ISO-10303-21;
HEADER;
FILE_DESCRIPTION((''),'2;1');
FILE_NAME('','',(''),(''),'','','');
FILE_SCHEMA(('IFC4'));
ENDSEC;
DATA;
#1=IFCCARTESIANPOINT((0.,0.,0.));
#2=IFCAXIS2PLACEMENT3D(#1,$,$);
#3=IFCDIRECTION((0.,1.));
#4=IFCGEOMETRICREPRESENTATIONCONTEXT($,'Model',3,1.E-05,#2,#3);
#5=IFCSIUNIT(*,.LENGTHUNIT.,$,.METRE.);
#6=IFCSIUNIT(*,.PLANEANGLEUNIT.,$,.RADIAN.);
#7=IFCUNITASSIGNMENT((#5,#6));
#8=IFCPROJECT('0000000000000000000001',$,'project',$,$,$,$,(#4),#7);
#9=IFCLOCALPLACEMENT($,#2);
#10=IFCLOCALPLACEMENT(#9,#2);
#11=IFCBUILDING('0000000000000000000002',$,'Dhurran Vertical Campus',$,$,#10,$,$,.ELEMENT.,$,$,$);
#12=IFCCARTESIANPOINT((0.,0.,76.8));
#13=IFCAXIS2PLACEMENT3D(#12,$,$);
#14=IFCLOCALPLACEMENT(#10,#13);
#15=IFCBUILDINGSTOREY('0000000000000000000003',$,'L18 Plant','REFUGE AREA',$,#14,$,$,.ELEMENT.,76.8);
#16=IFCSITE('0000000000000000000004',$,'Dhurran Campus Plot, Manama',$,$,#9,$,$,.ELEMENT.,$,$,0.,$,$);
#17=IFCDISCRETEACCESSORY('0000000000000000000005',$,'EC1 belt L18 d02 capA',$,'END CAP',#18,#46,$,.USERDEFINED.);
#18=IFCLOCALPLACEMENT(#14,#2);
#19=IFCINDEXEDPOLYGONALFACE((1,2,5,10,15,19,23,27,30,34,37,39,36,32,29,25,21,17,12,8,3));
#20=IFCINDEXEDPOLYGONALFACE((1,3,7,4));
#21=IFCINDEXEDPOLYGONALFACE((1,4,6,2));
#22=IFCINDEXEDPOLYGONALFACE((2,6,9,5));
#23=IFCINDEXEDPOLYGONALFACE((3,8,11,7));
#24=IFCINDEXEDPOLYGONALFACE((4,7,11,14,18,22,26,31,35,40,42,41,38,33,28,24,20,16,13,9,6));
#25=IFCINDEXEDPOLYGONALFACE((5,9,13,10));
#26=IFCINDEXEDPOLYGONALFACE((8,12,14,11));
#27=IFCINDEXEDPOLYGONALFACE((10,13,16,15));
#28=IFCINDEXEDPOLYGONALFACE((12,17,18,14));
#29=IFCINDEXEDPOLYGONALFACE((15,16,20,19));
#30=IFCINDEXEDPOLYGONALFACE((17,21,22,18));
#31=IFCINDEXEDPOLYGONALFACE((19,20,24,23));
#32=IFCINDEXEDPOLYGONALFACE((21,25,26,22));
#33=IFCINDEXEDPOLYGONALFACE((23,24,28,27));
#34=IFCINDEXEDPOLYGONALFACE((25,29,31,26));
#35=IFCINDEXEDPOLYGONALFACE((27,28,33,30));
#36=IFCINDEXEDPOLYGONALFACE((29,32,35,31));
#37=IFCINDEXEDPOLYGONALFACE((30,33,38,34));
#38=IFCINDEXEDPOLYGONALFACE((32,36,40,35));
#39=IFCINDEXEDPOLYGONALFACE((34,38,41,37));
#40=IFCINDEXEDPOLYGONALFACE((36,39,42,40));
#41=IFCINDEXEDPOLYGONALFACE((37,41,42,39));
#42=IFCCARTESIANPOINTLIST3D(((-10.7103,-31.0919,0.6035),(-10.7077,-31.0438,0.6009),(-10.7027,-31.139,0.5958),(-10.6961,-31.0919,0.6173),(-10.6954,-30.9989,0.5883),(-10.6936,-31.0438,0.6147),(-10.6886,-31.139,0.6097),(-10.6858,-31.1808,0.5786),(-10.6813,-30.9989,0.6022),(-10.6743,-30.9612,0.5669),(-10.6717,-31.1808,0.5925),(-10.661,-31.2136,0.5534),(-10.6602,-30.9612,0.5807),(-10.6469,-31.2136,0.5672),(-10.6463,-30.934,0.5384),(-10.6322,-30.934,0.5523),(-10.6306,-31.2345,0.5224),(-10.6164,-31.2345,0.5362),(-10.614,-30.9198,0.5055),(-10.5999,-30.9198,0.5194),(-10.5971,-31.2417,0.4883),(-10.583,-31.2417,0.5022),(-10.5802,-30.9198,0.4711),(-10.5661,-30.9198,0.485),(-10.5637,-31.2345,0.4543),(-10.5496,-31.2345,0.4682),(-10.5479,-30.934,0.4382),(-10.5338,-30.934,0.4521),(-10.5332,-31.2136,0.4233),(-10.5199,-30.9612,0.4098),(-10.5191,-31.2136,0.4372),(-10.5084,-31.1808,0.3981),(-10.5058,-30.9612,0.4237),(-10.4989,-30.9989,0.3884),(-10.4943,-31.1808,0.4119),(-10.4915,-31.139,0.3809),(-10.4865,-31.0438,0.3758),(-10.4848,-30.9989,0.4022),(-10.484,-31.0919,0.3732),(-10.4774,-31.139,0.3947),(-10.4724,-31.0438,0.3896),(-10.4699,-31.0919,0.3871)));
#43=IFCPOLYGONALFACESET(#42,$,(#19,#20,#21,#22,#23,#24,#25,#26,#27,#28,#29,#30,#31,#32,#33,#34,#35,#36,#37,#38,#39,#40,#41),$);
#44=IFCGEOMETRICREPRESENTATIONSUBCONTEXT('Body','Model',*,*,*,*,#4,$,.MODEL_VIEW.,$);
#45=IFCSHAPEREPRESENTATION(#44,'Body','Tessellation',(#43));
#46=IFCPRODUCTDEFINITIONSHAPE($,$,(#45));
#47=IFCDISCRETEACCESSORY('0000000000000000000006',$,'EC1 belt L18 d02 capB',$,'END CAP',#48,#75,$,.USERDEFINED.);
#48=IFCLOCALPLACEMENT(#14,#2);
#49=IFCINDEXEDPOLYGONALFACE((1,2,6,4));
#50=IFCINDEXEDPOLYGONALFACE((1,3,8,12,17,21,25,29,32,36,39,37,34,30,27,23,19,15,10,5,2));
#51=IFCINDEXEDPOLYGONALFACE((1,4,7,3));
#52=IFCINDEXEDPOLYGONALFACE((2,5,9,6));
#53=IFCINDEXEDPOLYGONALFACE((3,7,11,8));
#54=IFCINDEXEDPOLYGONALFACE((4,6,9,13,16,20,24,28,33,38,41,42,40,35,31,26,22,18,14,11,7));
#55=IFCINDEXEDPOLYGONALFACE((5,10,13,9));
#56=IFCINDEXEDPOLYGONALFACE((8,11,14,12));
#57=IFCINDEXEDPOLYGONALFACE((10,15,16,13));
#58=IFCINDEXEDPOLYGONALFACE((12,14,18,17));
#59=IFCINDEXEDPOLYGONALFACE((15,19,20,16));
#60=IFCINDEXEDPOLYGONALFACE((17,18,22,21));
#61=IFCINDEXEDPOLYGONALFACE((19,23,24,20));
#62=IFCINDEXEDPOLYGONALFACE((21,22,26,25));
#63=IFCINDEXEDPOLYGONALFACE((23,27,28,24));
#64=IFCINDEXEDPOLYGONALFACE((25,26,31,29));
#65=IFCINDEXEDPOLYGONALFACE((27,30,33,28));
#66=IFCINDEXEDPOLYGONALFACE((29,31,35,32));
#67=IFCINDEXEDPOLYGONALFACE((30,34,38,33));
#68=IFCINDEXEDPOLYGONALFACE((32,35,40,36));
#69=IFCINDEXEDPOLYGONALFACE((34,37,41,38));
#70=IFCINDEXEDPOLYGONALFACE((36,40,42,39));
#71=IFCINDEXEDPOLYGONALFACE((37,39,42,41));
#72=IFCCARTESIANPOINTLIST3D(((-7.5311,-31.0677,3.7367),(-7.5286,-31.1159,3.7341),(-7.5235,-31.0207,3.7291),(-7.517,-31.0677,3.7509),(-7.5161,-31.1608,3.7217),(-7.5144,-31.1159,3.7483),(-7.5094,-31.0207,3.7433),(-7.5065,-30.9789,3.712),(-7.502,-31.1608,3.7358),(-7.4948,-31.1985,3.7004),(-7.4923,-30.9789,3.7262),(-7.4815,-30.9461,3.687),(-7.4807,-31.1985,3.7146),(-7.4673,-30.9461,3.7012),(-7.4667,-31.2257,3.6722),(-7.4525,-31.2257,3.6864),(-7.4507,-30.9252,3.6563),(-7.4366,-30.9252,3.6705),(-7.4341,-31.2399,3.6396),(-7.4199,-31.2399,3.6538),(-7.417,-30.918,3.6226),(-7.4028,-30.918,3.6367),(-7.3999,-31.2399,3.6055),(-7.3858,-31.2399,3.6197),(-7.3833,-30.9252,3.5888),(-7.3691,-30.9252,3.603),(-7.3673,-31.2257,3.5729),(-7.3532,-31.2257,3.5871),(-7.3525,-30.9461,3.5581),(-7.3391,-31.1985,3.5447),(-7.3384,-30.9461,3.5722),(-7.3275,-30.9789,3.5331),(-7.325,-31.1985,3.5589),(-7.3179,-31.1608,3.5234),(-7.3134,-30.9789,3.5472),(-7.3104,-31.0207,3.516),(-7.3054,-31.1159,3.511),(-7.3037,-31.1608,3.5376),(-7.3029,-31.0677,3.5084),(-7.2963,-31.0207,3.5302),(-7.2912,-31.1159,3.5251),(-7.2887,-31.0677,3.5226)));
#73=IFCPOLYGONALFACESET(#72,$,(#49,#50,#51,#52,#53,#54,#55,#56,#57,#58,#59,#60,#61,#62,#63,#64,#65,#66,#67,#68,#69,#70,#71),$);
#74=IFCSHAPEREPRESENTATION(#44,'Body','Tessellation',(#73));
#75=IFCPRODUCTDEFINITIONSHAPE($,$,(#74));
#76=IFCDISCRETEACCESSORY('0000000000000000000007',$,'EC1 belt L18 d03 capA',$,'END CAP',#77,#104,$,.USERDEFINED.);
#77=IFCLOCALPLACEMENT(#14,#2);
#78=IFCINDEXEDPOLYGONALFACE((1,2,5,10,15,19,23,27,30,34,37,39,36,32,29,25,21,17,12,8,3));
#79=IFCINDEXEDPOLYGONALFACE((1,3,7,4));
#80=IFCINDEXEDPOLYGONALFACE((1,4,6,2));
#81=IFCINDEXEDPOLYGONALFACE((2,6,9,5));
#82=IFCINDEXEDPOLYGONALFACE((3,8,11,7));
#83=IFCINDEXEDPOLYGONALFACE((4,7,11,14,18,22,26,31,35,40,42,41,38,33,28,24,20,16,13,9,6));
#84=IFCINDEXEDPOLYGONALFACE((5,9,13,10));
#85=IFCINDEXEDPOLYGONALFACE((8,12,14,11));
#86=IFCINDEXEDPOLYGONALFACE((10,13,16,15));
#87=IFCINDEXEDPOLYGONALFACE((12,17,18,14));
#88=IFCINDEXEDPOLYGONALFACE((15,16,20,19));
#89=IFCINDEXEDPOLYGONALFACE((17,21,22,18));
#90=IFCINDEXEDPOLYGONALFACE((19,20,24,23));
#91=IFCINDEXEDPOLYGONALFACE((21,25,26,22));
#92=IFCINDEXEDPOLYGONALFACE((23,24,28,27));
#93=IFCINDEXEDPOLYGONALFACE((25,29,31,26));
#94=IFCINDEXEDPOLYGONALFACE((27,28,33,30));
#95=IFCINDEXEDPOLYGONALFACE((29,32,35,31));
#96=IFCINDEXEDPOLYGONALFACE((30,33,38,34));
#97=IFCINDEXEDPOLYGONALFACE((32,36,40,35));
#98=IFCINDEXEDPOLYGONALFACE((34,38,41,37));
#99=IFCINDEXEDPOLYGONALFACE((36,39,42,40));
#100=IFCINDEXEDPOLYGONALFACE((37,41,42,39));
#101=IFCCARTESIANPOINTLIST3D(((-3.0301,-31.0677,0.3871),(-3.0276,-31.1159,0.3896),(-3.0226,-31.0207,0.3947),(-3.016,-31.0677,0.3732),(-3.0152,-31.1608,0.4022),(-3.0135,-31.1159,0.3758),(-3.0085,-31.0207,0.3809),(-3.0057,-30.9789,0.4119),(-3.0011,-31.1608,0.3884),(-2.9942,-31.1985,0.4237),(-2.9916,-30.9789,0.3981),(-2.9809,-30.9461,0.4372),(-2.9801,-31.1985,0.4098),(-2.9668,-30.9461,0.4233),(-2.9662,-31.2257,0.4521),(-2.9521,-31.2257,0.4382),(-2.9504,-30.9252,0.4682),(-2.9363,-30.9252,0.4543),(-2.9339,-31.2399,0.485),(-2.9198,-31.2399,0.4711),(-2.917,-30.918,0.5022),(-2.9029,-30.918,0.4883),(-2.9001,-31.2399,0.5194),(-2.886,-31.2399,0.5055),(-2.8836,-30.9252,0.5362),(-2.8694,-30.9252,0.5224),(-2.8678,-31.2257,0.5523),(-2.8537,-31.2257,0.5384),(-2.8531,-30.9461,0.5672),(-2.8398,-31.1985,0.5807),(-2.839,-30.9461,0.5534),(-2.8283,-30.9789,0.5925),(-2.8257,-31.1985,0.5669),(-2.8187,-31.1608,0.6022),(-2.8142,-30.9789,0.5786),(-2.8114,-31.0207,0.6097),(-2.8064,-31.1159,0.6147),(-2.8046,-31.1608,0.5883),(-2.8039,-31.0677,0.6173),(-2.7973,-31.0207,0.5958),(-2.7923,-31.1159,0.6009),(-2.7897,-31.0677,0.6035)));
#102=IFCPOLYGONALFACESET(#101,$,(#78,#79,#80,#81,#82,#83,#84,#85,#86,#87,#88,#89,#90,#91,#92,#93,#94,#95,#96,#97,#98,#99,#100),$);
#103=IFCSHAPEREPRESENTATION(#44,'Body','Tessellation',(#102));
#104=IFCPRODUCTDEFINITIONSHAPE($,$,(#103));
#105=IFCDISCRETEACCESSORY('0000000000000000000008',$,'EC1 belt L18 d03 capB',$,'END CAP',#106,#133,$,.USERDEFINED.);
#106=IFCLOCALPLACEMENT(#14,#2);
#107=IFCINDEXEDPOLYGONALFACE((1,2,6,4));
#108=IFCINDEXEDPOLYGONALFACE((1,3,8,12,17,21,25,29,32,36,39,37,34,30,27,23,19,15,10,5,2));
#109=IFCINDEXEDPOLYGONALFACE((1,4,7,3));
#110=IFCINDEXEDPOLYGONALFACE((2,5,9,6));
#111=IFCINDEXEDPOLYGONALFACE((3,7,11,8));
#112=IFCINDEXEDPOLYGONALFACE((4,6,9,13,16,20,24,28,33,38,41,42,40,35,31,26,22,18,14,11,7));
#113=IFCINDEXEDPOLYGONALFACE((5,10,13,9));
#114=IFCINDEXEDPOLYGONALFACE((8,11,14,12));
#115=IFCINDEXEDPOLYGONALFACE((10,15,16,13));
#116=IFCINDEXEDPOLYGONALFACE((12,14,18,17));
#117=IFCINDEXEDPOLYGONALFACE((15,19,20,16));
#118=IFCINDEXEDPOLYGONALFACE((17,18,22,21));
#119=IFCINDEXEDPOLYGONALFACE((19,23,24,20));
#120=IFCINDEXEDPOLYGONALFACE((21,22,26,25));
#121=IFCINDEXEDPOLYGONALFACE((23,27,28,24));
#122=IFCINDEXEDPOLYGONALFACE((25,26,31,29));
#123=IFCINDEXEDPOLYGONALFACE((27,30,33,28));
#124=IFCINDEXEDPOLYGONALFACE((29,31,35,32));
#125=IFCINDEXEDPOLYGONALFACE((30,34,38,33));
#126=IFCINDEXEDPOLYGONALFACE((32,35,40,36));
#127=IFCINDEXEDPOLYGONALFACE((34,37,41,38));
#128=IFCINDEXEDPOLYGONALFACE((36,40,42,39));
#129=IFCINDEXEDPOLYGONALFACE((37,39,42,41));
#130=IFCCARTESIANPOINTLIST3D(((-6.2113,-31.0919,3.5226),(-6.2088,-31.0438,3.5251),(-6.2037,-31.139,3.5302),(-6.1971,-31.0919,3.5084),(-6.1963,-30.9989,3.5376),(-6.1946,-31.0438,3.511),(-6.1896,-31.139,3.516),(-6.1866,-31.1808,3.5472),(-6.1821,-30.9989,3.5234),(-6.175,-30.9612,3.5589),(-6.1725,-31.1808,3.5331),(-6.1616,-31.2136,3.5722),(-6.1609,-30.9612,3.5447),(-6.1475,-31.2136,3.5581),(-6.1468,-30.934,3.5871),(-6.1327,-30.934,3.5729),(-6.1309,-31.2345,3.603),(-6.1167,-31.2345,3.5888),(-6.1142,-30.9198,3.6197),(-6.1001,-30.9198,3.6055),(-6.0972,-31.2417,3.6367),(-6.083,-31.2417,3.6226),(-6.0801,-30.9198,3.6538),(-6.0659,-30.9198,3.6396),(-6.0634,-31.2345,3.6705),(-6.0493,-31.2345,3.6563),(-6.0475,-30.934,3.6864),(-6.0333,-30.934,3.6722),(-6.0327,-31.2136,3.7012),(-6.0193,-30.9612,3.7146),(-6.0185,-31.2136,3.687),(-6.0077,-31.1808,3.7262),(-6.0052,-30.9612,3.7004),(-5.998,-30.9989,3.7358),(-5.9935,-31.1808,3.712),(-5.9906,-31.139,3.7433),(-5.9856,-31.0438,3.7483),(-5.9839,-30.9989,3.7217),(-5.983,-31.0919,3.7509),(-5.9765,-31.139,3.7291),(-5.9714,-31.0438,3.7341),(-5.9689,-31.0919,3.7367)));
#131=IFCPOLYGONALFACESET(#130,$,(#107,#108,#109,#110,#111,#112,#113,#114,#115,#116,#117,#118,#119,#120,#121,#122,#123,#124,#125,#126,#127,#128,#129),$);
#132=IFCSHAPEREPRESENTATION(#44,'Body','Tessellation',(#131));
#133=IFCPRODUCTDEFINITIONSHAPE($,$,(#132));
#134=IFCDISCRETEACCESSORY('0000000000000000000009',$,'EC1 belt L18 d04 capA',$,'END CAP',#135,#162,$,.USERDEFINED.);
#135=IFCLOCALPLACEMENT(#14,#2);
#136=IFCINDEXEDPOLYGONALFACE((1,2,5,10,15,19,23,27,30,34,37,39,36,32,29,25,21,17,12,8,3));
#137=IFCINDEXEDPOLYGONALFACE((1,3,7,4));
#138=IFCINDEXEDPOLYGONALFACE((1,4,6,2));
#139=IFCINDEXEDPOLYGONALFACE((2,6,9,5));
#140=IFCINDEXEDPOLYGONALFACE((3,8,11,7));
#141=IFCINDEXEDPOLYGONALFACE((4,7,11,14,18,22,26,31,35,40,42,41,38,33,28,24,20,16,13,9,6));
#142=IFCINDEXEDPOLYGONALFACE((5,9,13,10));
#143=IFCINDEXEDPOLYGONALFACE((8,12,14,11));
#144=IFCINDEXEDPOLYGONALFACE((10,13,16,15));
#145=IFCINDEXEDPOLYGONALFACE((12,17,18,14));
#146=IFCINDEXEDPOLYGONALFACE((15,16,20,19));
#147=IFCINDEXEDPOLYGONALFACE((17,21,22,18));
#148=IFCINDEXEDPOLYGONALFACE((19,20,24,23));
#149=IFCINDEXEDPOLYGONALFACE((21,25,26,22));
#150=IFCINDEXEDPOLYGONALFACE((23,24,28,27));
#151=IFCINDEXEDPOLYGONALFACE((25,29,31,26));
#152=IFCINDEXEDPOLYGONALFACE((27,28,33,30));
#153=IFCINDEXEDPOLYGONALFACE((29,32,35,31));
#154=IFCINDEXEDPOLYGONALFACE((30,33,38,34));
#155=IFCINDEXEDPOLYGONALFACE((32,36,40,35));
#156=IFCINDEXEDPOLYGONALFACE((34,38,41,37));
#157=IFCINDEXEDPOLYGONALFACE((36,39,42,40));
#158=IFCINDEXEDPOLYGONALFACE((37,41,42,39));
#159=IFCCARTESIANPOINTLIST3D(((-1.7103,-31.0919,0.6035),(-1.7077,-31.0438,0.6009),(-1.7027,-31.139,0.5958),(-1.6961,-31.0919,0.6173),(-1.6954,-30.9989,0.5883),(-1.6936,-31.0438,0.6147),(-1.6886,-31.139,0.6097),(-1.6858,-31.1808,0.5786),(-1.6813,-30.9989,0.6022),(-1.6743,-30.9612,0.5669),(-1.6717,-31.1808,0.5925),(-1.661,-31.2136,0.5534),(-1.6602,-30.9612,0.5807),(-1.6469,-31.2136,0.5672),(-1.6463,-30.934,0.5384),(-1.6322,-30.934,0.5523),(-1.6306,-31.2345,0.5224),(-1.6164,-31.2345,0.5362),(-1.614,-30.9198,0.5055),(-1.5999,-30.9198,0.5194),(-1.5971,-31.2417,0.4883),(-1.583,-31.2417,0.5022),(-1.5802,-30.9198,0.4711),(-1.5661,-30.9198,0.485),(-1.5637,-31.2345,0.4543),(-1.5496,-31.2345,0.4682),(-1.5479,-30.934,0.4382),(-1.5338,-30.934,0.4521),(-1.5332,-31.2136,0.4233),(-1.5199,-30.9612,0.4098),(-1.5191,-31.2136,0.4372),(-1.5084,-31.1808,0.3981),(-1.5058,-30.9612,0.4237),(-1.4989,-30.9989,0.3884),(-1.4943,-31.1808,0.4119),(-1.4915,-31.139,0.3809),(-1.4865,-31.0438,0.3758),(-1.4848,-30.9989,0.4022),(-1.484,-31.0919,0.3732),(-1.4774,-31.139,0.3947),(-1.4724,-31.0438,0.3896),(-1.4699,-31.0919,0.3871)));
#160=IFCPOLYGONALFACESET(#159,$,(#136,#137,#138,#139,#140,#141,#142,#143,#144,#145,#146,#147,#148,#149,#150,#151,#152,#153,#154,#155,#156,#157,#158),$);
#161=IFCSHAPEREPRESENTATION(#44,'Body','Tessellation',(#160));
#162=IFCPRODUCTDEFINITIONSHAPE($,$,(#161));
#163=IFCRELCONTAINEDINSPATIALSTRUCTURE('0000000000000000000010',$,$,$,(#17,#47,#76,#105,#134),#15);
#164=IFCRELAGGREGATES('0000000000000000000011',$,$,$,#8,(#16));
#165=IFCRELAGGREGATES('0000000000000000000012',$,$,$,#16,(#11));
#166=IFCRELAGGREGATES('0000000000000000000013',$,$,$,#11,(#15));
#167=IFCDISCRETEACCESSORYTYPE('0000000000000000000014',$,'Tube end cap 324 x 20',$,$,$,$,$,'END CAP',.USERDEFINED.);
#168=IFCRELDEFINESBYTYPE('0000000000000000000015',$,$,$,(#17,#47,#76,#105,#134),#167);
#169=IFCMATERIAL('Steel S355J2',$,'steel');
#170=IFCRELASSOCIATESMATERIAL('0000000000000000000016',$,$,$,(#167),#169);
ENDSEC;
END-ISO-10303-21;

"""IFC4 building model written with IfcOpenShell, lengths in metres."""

from ifc_helpers import new_model, si_unit, direction, frame, origin, origin_2d, place, context, subcontext, project, spatial, circle, extrude, material, material_profile, profile_set, type_object, element, save


model = new_model("IFC4")

# Units and contexts
model_context = context("Model", 3, precision=1e-05, world=origin(), true_north=direction((0.0, 1.0)))
body_context = subcontext(model_context, "Body", "Model", "MODEL_VIEW")
ifc_project = project(units=[si_unit("LENGTHUNIT", "METRE"), si_unit("PLANEANGLEUNIT", "RADIAN")], contexts=[model_context])

# Site, building, storey
site_placement = place(None, origin())
site = spatial("IfcSite", under=ifc_project, at=site_placement, Name="Dhurran Campus Plot, Manama", CompositionType="ELEMENT", RefElevation=0.0)
building_placement = place(site_placement, origin())
building = spatial("IfcBuilding", under=site, at=building_placement, Name="Dhurran Vertical Campus", CompositionType="ELEMENT")
storey_placement = place(building_placement, frame((0.0, 0.0, 76.8)))
storey = spatial("IfcBuildingStorey", under=building, at=storey_placement, Name="L18 Plant", Description="REFUGE AREA", CompositionType="ELEMENT", Elevation=76.8)

# Discrete accessories
ifc_material_1 = material(Name="Steel S355J2", Category="steel")
ifc_material_profile_1 = material_profile(ifc_material_1, circle(Radius=0.1619, at=origin_2d()), Name="Tube end cap 324 x 20")
ifc_profile_set_1 = profile_set([ifc_material_profile_1], Name="Steel S355J2")
discrete_accessory_type = type_object("IfcDiscreteAccessoryType", Name="Tube end cap 324 x 20", ElementType="END CAP", PredefinedType="USERDEFINED", material=ifc_profile_set_1)
discrete_accessory_1_placement = place(storey_placement, frame((-10.583, -31.0798, 0.5022), z_axis=(-0.713229, 0.0, -0.700932), x_axis=(0.0, -1.0, 0.0)))
element("IfcDiscreteAccessory", 1, at=discrete_accessory_1_placement, inside=storey, type_object=discrete_accessory_type, Name="EC1 belt L18 d02 capA", ObjectType="END CAP", PredefinedType="USERDEFINED", context=body_context, shape_type="SweptSolid", body=[
    extrude(circle(Radius=0.1619, at=origin_2d()), origin(), (0.0, 0.0, 1.0), 0.0198),
])
discrete_accessory_2_placement = place(storey_placement, frame((-7.417, -31.0798, 3.6226), z_axis=(0.707107, 0.0, 0.707107), x_axis=(0.0, 1.0, 0.0)))
element("IfcDiscreteAccessory", 2, at=discrete_accessory_2_placement, inside=storey, type_object=discrete_accessory_type, Name="EC1 belt L18 d02 capB", ObjectType="END CAP", PredefinedType="USERDEFINED", context=body_context, shape_type="SweptSolid", body=[
    extrude(circle(Radius=0.1619, at=origin_2d()), origin(), (0.0, 0.0, 1.0), 0.02),
])
discrete_accessory_3_placement = place(storey_placement, frame((-2.917, -31.0798, 0.5022), z_axis=(0.713229, 0.0, -0.700932), x_axis=(0.0, 1.0, 0.0)))
element("IfcDiscreteAccessory", 3, at=discrete_accessory_3_placement, inside=storey, type_object=discrete_accessory_type, Name="EC1 belt L18 d03 capA", ObjectType="END CAP", PredefinedType="USERDEFINED", context=body_context, shape_type="SweptSolid", body=[
    extrude(circle(Radius=0.1619, at=origin_2d()), origin(), (0.0, 0.0, 1.0), 0.0198),
])
discrete_accessory_4_placement = place(storey_placement, frame((-6.083, -31.0798, 3.6226), z_axis=(-0.707107, 0.0, 0.707107), x_axis=(0.0, -1.0, 0.0)))
element("IfcDiscreteAccessory", 4, at=discrete_accessory_4_placement, inside=storey, type_object=discrete_accessory_type, Name="EC1 belt L18 d03 capB", ObjectType="END CAP", PredefinedType="USERDEFINED", context=body_context, shape_type="SweptSolid", body=[
    extrude(circle(Radius=0.1619, at=origin_2d()), origin(), (0.0, 0.0, 1.0), 0.02),
])
discrete_accessory_5_placement = place(storey_placement, frame((-1.583, -31.0798, 0.5022), z_axis=(-0.713229, 0.0, -0.700932), x_axis=(0.0, -1.0, 0.0)))
element("IfcDiscreteAccessory", 5, at=discrete_accessory_5_placement, inside=storey, type_object=discrete_accessory_type, Name="EC1 belt L18 d04 capA", ObjectType="END CAP", PredefinedType="USERDEFINED", context=body_context, shape_type="SweptSolid", body=[
    extrude(circle(Radius=0.1619, at=origin_2d()), origin(), (0.0, 0.0, 1.0), 0.0198),
])

save(model, "model.ifc")
